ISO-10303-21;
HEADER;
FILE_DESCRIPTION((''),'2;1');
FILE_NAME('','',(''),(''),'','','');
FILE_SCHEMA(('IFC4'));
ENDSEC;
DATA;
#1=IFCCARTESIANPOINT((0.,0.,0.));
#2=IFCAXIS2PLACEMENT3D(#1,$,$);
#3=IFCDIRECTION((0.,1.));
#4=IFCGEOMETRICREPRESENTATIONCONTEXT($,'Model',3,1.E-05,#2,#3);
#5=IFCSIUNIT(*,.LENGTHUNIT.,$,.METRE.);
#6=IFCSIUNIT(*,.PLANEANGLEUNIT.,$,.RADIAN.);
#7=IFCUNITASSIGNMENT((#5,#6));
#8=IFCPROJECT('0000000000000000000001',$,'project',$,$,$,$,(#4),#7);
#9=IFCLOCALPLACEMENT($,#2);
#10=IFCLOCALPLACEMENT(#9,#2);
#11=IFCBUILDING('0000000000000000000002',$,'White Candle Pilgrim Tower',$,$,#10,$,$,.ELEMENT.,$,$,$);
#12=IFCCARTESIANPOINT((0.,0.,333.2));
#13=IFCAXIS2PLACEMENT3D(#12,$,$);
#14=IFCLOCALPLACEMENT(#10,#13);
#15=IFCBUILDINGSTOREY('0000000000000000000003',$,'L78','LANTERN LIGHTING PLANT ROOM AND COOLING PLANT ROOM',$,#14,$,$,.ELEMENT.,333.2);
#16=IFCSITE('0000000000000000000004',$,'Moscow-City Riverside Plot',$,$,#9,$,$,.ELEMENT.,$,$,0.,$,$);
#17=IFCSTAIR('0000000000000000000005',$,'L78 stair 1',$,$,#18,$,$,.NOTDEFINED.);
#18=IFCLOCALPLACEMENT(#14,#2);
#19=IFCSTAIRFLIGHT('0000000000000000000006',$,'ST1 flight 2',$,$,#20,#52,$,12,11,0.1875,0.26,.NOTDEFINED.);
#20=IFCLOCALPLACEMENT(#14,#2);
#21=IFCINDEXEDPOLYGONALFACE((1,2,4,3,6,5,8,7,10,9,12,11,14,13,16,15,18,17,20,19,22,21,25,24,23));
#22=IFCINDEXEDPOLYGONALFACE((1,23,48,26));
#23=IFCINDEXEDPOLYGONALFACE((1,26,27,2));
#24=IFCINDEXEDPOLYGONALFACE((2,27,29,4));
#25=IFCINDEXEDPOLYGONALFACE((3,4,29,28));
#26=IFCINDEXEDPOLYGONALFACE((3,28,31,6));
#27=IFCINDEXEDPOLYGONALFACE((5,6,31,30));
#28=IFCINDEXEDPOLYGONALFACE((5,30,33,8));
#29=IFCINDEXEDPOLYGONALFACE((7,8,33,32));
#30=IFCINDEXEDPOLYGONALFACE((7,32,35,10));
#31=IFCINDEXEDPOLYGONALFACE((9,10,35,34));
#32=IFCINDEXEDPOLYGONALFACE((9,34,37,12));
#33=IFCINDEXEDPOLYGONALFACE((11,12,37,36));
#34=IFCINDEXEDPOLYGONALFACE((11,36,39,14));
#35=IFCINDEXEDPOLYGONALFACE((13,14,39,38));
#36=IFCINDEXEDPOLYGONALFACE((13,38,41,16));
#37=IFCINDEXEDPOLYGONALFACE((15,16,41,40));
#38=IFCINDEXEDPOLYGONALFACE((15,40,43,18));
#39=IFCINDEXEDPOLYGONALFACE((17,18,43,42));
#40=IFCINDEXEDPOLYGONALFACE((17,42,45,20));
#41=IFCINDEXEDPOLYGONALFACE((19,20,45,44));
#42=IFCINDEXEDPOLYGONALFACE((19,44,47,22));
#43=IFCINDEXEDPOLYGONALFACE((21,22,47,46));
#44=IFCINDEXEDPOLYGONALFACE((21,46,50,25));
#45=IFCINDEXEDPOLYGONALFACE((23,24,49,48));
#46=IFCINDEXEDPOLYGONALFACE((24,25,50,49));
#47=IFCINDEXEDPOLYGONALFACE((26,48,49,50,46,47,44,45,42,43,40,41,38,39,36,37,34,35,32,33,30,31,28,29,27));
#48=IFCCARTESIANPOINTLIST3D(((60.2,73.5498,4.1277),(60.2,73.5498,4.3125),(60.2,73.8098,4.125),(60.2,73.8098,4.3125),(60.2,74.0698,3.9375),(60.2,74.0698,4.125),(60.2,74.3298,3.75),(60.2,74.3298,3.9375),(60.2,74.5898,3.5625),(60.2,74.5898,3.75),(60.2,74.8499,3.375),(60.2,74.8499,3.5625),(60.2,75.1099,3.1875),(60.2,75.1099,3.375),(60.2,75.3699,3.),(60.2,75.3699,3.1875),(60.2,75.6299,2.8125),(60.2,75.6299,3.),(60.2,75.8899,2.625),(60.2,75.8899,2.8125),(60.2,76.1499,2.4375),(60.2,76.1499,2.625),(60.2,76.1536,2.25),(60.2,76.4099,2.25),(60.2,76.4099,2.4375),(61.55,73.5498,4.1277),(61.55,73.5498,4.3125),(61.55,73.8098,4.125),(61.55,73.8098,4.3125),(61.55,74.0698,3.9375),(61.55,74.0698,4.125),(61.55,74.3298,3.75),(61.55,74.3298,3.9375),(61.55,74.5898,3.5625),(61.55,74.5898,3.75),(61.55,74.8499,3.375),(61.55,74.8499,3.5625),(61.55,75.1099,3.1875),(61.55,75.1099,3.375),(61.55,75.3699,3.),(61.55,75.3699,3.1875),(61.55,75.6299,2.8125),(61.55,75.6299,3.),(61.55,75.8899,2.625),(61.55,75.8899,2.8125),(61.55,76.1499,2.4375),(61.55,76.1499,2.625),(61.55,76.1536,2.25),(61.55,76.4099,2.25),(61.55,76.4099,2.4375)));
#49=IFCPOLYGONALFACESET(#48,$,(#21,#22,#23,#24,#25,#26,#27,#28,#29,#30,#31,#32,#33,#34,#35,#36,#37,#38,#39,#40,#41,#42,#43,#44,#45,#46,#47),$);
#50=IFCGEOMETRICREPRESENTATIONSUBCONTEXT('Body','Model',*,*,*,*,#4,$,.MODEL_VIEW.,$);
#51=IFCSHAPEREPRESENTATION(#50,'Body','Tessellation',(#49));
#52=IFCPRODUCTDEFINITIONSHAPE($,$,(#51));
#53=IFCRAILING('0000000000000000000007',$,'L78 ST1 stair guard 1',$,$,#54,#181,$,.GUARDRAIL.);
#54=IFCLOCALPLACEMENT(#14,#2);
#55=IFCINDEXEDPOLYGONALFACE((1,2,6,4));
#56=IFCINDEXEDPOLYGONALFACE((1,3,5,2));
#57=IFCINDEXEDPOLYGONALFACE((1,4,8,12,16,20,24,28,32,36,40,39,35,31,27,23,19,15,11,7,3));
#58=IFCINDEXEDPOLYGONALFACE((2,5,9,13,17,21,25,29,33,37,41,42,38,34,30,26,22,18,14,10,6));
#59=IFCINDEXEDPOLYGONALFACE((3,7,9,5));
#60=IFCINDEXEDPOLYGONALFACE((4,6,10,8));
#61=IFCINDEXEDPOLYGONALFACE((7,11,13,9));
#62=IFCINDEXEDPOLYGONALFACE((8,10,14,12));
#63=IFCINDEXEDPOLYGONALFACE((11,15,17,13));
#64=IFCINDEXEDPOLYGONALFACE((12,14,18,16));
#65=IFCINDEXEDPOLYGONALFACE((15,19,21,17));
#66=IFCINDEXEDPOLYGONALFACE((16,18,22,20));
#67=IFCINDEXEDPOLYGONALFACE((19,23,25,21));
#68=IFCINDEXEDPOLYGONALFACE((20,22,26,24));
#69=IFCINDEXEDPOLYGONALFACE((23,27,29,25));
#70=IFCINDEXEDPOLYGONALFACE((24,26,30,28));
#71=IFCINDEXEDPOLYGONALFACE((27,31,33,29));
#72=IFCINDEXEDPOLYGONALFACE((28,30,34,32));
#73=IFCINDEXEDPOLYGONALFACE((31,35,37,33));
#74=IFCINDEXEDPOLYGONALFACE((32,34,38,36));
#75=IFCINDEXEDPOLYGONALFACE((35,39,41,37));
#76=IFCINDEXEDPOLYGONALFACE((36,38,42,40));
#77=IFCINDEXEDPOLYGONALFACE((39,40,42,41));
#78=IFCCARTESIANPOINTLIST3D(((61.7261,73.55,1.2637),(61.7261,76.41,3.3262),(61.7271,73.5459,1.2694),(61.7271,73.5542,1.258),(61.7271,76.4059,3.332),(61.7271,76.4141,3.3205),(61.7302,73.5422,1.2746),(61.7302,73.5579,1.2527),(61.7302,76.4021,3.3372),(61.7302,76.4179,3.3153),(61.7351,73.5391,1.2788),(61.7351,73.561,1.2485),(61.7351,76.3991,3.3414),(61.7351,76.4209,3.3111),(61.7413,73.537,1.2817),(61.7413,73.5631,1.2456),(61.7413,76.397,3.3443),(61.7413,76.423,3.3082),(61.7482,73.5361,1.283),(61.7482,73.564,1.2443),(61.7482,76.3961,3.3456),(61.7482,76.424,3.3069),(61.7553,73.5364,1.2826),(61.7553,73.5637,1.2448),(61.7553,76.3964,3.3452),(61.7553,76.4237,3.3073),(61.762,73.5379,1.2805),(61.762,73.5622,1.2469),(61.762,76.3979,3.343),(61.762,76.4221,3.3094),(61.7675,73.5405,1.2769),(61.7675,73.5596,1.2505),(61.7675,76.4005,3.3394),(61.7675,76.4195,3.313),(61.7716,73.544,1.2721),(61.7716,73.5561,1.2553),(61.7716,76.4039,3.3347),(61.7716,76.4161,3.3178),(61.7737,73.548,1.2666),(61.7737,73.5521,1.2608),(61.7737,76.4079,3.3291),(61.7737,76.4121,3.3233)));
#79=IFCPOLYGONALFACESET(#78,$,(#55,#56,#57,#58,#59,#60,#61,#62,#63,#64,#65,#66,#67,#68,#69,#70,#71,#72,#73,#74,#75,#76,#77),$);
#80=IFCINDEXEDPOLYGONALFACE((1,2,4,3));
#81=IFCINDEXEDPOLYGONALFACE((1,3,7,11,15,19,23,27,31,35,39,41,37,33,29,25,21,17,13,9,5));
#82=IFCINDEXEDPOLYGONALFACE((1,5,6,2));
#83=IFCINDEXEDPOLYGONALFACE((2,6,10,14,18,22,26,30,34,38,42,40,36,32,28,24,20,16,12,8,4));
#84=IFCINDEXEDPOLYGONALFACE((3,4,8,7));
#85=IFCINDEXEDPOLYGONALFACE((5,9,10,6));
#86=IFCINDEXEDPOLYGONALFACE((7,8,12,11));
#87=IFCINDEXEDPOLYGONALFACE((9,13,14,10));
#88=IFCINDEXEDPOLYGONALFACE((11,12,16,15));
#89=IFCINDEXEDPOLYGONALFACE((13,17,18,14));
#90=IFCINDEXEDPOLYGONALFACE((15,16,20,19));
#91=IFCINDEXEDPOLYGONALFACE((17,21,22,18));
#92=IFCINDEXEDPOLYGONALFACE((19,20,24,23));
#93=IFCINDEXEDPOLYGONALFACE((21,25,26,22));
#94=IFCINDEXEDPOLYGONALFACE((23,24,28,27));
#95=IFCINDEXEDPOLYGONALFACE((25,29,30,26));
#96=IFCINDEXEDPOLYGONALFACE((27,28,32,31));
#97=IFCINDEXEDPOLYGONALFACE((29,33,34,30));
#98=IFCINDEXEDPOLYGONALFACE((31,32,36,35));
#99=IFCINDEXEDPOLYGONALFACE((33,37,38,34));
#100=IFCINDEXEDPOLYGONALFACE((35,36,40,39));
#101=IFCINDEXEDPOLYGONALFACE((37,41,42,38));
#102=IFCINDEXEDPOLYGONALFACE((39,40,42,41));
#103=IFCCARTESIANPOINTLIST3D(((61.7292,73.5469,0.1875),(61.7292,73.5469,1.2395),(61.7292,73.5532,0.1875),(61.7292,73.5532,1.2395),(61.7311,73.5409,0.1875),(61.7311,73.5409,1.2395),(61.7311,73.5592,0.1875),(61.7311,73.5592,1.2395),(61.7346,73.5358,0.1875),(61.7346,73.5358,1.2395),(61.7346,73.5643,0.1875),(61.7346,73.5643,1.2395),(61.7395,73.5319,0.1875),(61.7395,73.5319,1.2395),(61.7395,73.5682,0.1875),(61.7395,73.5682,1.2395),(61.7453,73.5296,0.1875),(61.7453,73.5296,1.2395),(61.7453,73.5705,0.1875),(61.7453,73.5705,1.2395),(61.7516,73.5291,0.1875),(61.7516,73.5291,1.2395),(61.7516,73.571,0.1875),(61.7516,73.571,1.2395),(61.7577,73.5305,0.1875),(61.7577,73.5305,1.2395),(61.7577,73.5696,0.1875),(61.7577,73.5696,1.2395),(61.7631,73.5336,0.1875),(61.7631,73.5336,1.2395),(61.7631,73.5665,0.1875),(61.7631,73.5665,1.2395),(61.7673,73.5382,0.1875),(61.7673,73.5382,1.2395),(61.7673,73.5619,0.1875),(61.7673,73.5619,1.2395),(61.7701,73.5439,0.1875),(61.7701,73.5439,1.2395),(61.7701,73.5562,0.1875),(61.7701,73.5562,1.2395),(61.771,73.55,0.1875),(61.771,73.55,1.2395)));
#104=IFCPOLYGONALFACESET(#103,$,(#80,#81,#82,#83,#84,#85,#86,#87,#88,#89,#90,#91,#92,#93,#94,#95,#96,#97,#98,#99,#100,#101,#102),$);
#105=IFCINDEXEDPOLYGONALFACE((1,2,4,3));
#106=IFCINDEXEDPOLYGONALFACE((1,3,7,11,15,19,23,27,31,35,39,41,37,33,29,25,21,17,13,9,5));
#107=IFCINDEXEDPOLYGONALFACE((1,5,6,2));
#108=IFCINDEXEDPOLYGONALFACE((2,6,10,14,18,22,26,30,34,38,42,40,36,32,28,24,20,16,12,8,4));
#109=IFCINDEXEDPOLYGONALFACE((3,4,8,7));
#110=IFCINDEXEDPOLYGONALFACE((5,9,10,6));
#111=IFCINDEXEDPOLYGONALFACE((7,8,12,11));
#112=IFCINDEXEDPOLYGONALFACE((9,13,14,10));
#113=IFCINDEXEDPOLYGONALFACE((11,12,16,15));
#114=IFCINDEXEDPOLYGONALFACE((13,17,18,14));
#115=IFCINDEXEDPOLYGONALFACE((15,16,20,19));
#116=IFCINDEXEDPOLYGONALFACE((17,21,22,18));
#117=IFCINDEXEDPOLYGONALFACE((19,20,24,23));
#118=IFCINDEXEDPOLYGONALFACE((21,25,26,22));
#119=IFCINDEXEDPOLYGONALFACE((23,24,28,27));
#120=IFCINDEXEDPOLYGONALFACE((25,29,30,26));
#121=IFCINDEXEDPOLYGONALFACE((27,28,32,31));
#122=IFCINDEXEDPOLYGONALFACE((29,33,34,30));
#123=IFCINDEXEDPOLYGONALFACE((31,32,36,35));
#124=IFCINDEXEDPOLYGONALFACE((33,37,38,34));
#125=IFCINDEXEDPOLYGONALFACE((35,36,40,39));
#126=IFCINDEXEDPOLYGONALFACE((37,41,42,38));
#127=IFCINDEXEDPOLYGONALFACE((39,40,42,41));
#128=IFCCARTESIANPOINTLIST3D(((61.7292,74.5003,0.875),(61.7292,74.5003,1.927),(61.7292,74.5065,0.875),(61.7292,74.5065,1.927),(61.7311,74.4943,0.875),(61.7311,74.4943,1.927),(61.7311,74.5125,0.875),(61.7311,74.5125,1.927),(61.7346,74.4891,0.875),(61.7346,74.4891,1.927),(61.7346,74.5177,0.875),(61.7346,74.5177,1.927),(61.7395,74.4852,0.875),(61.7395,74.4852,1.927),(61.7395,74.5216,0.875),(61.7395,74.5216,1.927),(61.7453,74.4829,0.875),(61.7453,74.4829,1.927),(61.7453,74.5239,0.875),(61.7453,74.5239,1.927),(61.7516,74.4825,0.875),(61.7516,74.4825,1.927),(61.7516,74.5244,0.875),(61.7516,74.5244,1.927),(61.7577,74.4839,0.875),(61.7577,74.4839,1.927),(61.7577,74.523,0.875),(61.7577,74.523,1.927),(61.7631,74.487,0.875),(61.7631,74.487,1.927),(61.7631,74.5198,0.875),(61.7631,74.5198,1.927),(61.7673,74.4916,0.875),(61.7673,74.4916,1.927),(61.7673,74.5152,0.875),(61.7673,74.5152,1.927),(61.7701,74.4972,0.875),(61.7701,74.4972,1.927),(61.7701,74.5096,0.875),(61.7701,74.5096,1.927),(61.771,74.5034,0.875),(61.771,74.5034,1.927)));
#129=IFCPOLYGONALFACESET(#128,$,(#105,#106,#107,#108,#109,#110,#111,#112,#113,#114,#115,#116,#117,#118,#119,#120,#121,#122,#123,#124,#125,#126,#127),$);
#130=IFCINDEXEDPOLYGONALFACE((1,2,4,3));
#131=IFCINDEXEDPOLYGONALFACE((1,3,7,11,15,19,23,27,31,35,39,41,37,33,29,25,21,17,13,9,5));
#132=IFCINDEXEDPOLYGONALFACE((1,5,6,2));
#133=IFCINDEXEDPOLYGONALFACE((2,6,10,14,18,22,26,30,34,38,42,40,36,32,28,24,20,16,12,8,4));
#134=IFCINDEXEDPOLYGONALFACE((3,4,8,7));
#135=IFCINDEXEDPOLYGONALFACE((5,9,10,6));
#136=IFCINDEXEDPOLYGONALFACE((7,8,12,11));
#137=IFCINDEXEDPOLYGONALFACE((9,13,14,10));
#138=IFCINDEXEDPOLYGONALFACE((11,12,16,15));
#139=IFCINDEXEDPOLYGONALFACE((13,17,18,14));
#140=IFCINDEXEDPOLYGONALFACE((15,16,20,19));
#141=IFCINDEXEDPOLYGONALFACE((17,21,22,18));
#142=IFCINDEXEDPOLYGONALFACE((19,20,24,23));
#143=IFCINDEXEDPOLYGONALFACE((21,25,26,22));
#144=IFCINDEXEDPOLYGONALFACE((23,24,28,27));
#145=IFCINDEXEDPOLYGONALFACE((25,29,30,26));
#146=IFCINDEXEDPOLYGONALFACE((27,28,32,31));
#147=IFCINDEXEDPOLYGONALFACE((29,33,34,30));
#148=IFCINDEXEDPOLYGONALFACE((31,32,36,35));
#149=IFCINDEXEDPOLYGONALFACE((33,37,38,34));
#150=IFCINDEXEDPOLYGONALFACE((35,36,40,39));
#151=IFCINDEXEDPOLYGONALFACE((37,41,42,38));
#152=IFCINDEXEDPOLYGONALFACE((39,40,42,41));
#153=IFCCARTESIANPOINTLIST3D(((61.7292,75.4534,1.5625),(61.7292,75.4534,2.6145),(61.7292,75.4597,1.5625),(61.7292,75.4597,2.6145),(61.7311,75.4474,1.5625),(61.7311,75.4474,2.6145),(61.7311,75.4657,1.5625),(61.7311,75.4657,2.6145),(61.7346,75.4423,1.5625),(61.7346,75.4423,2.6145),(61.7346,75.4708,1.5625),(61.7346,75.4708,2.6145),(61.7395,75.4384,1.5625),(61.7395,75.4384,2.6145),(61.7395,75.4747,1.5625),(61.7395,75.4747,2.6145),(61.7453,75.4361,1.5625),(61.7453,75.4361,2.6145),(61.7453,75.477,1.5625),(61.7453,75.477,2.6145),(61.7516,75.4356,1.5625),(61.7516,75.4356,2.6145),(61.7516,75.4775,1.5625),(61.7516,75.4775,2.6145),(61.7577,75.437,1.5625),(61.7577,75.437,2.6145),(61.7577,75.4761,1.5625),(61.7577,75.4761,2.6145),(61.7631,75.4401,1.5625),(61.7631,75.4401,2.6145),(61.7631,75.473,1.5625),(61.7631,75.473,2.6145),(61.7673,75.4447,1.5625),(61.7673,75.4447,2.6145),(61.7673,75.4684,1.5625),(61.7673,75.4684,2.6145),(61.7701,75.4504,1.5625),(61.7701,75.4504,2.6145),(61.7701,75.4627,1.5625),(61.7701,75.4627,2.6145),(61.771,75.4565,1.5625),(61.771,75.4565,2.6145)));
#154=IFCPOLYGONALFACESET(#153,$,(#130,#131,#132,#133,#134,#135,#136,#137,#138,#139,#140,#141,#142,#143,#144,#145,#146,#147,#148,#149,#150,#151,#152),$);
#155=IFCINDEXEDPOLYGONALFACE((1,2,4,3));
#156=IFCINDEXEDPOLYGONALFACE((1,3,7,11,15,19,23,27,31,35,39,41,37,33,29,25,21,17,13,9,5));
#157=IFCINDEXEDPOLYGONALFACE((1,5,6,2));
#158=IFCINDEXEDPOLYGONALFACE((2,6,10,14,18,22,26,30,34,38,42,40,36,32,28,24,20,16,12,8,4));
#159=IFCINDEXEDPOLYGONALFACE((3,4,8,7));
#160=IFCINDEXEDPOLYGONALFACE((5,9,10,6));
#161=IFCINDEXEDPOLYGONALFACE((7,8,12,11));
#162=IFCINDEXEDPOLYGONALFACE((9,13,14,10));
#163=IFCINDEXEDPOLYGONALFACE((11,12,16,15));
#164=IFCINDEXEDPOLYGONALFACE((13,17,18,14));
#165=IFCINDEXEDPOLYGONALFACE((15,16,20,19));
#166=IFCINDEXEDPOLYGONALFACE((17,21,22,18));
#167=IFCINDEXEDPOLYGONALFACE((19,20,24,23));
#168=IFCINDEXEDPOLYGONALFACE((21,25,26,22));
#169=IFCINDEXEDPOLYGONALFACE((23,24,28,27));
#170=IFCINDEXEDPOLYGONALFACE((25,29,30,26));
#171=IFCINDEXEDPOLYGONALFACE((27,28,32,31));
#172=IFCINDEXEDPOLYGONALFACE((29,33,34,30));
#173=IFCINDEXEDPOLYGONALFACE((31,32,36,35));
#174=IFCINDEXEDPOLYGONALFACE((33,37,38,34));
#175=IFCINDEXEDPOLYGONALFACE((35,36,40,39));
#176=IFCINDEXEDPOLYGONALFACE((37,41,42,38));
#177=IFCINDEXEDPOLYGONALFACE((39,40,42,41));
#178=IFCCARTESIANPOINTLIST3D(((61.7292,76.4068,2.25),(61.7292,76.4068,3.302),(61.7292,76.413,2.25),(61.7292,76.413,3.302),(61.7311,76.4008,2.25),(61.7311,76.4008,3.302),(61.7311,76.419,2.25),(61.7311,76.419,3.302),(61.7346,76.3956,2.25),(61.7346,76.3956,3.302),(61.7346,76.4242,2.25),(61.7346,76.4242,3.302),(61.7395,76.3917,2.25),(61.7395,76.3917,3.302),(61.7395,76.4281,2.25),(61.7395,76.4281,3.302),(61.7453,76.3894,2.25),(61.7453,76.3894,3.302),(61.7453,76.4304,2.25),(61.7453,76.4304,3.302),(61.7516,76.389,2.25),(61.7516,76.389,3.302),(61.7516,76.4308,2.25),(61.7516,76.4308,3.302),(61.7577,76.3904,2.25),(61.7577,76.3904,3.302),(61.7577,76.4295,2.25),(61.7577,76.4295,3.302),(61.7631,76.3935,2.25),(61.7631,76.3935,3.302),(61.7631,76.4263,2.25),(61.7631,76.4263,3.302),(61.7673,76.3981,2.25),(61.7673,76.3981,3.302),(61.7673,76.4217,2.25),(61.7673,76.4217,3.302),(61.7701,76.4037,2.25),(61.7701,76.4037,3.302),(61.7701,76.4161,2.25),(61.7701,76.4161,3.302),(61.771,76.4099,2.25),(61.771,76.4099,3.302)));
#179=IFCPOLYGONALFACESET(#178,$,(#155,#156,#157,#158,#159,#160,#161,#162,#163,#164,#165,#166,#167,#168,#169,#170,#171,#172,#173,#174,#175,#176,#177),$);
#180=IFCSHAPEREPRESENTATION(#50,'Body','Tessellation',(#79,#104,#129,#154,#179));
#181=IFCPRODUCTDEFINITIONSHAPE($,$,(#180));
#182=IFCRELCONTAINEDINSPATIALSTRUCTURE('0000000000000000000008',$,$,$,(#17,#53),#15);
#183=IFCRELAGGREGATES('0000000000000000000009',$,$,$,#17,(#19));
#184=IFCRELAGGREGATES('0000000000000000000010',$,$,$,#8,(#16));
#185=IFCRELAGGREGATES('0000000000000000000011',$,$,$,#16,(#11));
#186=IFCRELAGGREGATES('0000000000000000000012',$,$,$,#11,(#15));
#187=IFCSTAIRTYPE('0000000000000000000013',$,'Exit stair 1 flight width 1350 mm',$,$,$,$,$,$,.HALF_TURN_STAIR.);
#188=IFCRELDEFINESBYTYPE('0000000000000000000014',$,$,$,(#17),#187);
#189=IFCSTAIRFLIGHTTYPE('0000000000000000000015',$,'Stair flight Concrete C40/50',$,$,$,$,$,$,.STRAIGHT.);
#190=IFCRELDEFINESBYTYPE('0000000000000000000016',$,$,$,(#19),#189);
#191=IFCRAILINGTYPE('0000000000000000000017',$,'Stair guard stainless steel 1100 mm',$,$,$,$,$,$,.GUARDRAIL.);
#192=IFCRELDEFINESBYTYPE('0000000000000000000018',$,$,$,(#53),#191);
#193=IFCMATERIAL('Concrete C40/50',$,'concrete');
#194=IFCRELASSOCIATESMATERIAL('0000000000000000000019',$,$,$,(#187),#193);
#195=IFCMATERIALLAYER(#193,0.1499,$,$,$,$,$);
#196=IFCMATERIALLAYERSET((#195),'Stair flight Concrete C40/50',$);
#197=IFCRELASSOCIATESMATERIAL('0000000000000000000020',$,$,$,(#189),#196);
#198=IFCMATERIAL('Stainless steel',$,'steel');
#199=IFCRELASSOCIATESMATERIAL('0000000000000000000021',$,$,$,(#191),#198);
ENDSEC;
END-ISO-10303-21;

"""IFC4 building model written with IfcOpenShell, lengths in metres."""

from ifc_helpers import new_model, si_unit, direction, frame, origin, origin_2d, place, context, subcontext, project, spatial, polyline, circle, outline, extrude, material, layer, layer_set, type_object, element, aggregate, save


model = new_model("IFC4")

# Units and contexts
model_context = context("Model", 3, precision=1e-05, world=origin(), true_north=direction((0.0, 1.0)))
body_context = subcontext(model_context, "Body", "Model", "MODEL_VIEW")
ifc_project = project(units=[si_unit("LENGTHUNIT", "METRE"), si_unit("PLANEANGLEUNIT", "RADIAN")], contexts=[model_context])

# Site, building, storey
site_placement = place(None, origin())
site = spatial("IfcSite", under=ifc_project, at=site_placement, Name="Moscow-City Riverside Plot", CompositionType="ELEMENT", RefElevation=0.0)
building_placement = place(site_placement, origin())
building = spatial("IfcBuilding", under=site, at=building_placement, Name="White Candle Pilgrim Tower", CompositionType="ELEMENT")
storey_placement = place(building_placement, frame((0.0, 0.0, 333.2)))
storey = spatial("IfcBuildingStorey", under=building, at=storey_placement, Name="L78", Description="LANTERN LIGHTING PLANT ROOM AND COOLING PLANT ROOM", CompositionType="ELEMENT", Elevation=333.2)

# Shared definitions
ifc_material_1 = material(Name="Concrete C40/50", Category="concrete")

# Stair, stair flight
stair_type = type_object("IfcStairType", Name="Exit stair 1 flight width 1350 mm", PredefinedType="HALF_TURN_STAIR", material=ifc_material_1)
stair_placement = place(storey_placement, origin())
stair = element("IfcStair", 1, at=stair_placement, inside=storey, type_object=stair_type, Name="L78 stair 1", PredefinedType="NOTDEFINED")
ifc_layer_1 = layer(ifc_material_1, 0.1499)
ifc_layer_set_1 = layer_set([ifc_layer_1], Name="Stair flight Concrete C40/50")
stair_flight_type = type_object("IfcStairFlightType", Name="Stair flight Concrete C40/50", PredefinedType="STRAIGHT", material=ifc_layer_set_1)
stair_flight_1_placement = place(storey_placement, frame((60.875, 76.4099, 2.25), z_axis=(0.0, 0.0, 1.0), x_axis=(0.0, -1.0, 0.0)))
stair_flight_1 = element("IfcStairFlight", 2, at=stair_flight_1_placement, type_object=stair_flight_type, Name="ST1 flight 2", NumberOfRisers=12, NumberOfTreads=11, PredefinedType="NOTDEFINED", RiserHeight=0.1875, TreadLength=0.26, context=body_context, shape_type="SweptSolid", body=[
    extrude(outline(polyline([(0.0, 0.0), (0.0, 0.1875), (0.26, 0.1875), (0.26, 0.375), (0.52, 0.375), (0.52, 0.5625), (0.78, 0.5625), (0.78, 0.75), (1.04, 0.75), (1.04, 0.9375), (1.3, 0.9375), (1.3, 1.125), (1.5601, 1.125), (1.5601, 1.3125), (1.8201, 1.3125), (1.8201, 1.5), (2.0801, 1.5), (2.0801, 1.6875), (2.3401, 1.6875), (2.3401, 1.875), (2.6001, 1.875), (2.6001, 2.0625), (2.8601, 2.0625), (2.8601, 2.25), (2.8601, 1.8777), (0.2563, 0.0), (0.0, 0.0)])), frame((0.0, 0.675, 0.0), z_axis=(0.0, -1.0, 0.0), x_axis=(1.0, 0.0, 0.0)), (0.0, 0.0, 1.0), 1.3501),
])
aggregate(stair, [stair_flight_1])

# Railing
ifc_material_2 = material(Name="Stainless steel", Category="steel")
railing_type_1 = type_object("IfcRailingType", Name="Stair guard stainless steel 1100 mm", PredefinedType="GUARDRAIL", material=ifc_material_2)
railing_1_placement = place(storey_placement, frame((61.75, 73.55, 0.1875)))
element("IfcRailing", 3, at=railing_1_placement, inside=storey, type_object=railing_type_1, Name="L78 ST1 stair guard 1", PredefinedType="GUARDRAIL", context=body_context, shape_type="SweptSolid", body=[
    extrude(circle(Radius=0.0239, at=origin_2d()), frame((0.0, 0.0, 1.0762), z_axis=(0.0, 0.811077, 0.584939), x_axis=(-1.0, 0.0, 0.0)), (0.0, 0.0, 1.0), 3.5261),
    extrude(circle(Radius=0.021, at=origin_2d()), origin(), (0.0, 0.0, 1.0), 1.052),
    extrude(circle(Radius=0.021, at=origin_2d()), frame((0.0, 0.9534, 0.6875)), (0.0, 0.0, 1.0), 1.052),
    extrude(circle(Radius=0.021, at=origin_2d()), frame((0.0, 1.9065, 1.375)), (0.0, 0.0, 1.0), 1.052),
    extrude(circle(Radius=0.021, at=origin_2d()), frame((0.0, 2.8599, 2.0625)), (0.0, 0.0, 1.0), 1.052),
])

save(model, "model.ifc")
